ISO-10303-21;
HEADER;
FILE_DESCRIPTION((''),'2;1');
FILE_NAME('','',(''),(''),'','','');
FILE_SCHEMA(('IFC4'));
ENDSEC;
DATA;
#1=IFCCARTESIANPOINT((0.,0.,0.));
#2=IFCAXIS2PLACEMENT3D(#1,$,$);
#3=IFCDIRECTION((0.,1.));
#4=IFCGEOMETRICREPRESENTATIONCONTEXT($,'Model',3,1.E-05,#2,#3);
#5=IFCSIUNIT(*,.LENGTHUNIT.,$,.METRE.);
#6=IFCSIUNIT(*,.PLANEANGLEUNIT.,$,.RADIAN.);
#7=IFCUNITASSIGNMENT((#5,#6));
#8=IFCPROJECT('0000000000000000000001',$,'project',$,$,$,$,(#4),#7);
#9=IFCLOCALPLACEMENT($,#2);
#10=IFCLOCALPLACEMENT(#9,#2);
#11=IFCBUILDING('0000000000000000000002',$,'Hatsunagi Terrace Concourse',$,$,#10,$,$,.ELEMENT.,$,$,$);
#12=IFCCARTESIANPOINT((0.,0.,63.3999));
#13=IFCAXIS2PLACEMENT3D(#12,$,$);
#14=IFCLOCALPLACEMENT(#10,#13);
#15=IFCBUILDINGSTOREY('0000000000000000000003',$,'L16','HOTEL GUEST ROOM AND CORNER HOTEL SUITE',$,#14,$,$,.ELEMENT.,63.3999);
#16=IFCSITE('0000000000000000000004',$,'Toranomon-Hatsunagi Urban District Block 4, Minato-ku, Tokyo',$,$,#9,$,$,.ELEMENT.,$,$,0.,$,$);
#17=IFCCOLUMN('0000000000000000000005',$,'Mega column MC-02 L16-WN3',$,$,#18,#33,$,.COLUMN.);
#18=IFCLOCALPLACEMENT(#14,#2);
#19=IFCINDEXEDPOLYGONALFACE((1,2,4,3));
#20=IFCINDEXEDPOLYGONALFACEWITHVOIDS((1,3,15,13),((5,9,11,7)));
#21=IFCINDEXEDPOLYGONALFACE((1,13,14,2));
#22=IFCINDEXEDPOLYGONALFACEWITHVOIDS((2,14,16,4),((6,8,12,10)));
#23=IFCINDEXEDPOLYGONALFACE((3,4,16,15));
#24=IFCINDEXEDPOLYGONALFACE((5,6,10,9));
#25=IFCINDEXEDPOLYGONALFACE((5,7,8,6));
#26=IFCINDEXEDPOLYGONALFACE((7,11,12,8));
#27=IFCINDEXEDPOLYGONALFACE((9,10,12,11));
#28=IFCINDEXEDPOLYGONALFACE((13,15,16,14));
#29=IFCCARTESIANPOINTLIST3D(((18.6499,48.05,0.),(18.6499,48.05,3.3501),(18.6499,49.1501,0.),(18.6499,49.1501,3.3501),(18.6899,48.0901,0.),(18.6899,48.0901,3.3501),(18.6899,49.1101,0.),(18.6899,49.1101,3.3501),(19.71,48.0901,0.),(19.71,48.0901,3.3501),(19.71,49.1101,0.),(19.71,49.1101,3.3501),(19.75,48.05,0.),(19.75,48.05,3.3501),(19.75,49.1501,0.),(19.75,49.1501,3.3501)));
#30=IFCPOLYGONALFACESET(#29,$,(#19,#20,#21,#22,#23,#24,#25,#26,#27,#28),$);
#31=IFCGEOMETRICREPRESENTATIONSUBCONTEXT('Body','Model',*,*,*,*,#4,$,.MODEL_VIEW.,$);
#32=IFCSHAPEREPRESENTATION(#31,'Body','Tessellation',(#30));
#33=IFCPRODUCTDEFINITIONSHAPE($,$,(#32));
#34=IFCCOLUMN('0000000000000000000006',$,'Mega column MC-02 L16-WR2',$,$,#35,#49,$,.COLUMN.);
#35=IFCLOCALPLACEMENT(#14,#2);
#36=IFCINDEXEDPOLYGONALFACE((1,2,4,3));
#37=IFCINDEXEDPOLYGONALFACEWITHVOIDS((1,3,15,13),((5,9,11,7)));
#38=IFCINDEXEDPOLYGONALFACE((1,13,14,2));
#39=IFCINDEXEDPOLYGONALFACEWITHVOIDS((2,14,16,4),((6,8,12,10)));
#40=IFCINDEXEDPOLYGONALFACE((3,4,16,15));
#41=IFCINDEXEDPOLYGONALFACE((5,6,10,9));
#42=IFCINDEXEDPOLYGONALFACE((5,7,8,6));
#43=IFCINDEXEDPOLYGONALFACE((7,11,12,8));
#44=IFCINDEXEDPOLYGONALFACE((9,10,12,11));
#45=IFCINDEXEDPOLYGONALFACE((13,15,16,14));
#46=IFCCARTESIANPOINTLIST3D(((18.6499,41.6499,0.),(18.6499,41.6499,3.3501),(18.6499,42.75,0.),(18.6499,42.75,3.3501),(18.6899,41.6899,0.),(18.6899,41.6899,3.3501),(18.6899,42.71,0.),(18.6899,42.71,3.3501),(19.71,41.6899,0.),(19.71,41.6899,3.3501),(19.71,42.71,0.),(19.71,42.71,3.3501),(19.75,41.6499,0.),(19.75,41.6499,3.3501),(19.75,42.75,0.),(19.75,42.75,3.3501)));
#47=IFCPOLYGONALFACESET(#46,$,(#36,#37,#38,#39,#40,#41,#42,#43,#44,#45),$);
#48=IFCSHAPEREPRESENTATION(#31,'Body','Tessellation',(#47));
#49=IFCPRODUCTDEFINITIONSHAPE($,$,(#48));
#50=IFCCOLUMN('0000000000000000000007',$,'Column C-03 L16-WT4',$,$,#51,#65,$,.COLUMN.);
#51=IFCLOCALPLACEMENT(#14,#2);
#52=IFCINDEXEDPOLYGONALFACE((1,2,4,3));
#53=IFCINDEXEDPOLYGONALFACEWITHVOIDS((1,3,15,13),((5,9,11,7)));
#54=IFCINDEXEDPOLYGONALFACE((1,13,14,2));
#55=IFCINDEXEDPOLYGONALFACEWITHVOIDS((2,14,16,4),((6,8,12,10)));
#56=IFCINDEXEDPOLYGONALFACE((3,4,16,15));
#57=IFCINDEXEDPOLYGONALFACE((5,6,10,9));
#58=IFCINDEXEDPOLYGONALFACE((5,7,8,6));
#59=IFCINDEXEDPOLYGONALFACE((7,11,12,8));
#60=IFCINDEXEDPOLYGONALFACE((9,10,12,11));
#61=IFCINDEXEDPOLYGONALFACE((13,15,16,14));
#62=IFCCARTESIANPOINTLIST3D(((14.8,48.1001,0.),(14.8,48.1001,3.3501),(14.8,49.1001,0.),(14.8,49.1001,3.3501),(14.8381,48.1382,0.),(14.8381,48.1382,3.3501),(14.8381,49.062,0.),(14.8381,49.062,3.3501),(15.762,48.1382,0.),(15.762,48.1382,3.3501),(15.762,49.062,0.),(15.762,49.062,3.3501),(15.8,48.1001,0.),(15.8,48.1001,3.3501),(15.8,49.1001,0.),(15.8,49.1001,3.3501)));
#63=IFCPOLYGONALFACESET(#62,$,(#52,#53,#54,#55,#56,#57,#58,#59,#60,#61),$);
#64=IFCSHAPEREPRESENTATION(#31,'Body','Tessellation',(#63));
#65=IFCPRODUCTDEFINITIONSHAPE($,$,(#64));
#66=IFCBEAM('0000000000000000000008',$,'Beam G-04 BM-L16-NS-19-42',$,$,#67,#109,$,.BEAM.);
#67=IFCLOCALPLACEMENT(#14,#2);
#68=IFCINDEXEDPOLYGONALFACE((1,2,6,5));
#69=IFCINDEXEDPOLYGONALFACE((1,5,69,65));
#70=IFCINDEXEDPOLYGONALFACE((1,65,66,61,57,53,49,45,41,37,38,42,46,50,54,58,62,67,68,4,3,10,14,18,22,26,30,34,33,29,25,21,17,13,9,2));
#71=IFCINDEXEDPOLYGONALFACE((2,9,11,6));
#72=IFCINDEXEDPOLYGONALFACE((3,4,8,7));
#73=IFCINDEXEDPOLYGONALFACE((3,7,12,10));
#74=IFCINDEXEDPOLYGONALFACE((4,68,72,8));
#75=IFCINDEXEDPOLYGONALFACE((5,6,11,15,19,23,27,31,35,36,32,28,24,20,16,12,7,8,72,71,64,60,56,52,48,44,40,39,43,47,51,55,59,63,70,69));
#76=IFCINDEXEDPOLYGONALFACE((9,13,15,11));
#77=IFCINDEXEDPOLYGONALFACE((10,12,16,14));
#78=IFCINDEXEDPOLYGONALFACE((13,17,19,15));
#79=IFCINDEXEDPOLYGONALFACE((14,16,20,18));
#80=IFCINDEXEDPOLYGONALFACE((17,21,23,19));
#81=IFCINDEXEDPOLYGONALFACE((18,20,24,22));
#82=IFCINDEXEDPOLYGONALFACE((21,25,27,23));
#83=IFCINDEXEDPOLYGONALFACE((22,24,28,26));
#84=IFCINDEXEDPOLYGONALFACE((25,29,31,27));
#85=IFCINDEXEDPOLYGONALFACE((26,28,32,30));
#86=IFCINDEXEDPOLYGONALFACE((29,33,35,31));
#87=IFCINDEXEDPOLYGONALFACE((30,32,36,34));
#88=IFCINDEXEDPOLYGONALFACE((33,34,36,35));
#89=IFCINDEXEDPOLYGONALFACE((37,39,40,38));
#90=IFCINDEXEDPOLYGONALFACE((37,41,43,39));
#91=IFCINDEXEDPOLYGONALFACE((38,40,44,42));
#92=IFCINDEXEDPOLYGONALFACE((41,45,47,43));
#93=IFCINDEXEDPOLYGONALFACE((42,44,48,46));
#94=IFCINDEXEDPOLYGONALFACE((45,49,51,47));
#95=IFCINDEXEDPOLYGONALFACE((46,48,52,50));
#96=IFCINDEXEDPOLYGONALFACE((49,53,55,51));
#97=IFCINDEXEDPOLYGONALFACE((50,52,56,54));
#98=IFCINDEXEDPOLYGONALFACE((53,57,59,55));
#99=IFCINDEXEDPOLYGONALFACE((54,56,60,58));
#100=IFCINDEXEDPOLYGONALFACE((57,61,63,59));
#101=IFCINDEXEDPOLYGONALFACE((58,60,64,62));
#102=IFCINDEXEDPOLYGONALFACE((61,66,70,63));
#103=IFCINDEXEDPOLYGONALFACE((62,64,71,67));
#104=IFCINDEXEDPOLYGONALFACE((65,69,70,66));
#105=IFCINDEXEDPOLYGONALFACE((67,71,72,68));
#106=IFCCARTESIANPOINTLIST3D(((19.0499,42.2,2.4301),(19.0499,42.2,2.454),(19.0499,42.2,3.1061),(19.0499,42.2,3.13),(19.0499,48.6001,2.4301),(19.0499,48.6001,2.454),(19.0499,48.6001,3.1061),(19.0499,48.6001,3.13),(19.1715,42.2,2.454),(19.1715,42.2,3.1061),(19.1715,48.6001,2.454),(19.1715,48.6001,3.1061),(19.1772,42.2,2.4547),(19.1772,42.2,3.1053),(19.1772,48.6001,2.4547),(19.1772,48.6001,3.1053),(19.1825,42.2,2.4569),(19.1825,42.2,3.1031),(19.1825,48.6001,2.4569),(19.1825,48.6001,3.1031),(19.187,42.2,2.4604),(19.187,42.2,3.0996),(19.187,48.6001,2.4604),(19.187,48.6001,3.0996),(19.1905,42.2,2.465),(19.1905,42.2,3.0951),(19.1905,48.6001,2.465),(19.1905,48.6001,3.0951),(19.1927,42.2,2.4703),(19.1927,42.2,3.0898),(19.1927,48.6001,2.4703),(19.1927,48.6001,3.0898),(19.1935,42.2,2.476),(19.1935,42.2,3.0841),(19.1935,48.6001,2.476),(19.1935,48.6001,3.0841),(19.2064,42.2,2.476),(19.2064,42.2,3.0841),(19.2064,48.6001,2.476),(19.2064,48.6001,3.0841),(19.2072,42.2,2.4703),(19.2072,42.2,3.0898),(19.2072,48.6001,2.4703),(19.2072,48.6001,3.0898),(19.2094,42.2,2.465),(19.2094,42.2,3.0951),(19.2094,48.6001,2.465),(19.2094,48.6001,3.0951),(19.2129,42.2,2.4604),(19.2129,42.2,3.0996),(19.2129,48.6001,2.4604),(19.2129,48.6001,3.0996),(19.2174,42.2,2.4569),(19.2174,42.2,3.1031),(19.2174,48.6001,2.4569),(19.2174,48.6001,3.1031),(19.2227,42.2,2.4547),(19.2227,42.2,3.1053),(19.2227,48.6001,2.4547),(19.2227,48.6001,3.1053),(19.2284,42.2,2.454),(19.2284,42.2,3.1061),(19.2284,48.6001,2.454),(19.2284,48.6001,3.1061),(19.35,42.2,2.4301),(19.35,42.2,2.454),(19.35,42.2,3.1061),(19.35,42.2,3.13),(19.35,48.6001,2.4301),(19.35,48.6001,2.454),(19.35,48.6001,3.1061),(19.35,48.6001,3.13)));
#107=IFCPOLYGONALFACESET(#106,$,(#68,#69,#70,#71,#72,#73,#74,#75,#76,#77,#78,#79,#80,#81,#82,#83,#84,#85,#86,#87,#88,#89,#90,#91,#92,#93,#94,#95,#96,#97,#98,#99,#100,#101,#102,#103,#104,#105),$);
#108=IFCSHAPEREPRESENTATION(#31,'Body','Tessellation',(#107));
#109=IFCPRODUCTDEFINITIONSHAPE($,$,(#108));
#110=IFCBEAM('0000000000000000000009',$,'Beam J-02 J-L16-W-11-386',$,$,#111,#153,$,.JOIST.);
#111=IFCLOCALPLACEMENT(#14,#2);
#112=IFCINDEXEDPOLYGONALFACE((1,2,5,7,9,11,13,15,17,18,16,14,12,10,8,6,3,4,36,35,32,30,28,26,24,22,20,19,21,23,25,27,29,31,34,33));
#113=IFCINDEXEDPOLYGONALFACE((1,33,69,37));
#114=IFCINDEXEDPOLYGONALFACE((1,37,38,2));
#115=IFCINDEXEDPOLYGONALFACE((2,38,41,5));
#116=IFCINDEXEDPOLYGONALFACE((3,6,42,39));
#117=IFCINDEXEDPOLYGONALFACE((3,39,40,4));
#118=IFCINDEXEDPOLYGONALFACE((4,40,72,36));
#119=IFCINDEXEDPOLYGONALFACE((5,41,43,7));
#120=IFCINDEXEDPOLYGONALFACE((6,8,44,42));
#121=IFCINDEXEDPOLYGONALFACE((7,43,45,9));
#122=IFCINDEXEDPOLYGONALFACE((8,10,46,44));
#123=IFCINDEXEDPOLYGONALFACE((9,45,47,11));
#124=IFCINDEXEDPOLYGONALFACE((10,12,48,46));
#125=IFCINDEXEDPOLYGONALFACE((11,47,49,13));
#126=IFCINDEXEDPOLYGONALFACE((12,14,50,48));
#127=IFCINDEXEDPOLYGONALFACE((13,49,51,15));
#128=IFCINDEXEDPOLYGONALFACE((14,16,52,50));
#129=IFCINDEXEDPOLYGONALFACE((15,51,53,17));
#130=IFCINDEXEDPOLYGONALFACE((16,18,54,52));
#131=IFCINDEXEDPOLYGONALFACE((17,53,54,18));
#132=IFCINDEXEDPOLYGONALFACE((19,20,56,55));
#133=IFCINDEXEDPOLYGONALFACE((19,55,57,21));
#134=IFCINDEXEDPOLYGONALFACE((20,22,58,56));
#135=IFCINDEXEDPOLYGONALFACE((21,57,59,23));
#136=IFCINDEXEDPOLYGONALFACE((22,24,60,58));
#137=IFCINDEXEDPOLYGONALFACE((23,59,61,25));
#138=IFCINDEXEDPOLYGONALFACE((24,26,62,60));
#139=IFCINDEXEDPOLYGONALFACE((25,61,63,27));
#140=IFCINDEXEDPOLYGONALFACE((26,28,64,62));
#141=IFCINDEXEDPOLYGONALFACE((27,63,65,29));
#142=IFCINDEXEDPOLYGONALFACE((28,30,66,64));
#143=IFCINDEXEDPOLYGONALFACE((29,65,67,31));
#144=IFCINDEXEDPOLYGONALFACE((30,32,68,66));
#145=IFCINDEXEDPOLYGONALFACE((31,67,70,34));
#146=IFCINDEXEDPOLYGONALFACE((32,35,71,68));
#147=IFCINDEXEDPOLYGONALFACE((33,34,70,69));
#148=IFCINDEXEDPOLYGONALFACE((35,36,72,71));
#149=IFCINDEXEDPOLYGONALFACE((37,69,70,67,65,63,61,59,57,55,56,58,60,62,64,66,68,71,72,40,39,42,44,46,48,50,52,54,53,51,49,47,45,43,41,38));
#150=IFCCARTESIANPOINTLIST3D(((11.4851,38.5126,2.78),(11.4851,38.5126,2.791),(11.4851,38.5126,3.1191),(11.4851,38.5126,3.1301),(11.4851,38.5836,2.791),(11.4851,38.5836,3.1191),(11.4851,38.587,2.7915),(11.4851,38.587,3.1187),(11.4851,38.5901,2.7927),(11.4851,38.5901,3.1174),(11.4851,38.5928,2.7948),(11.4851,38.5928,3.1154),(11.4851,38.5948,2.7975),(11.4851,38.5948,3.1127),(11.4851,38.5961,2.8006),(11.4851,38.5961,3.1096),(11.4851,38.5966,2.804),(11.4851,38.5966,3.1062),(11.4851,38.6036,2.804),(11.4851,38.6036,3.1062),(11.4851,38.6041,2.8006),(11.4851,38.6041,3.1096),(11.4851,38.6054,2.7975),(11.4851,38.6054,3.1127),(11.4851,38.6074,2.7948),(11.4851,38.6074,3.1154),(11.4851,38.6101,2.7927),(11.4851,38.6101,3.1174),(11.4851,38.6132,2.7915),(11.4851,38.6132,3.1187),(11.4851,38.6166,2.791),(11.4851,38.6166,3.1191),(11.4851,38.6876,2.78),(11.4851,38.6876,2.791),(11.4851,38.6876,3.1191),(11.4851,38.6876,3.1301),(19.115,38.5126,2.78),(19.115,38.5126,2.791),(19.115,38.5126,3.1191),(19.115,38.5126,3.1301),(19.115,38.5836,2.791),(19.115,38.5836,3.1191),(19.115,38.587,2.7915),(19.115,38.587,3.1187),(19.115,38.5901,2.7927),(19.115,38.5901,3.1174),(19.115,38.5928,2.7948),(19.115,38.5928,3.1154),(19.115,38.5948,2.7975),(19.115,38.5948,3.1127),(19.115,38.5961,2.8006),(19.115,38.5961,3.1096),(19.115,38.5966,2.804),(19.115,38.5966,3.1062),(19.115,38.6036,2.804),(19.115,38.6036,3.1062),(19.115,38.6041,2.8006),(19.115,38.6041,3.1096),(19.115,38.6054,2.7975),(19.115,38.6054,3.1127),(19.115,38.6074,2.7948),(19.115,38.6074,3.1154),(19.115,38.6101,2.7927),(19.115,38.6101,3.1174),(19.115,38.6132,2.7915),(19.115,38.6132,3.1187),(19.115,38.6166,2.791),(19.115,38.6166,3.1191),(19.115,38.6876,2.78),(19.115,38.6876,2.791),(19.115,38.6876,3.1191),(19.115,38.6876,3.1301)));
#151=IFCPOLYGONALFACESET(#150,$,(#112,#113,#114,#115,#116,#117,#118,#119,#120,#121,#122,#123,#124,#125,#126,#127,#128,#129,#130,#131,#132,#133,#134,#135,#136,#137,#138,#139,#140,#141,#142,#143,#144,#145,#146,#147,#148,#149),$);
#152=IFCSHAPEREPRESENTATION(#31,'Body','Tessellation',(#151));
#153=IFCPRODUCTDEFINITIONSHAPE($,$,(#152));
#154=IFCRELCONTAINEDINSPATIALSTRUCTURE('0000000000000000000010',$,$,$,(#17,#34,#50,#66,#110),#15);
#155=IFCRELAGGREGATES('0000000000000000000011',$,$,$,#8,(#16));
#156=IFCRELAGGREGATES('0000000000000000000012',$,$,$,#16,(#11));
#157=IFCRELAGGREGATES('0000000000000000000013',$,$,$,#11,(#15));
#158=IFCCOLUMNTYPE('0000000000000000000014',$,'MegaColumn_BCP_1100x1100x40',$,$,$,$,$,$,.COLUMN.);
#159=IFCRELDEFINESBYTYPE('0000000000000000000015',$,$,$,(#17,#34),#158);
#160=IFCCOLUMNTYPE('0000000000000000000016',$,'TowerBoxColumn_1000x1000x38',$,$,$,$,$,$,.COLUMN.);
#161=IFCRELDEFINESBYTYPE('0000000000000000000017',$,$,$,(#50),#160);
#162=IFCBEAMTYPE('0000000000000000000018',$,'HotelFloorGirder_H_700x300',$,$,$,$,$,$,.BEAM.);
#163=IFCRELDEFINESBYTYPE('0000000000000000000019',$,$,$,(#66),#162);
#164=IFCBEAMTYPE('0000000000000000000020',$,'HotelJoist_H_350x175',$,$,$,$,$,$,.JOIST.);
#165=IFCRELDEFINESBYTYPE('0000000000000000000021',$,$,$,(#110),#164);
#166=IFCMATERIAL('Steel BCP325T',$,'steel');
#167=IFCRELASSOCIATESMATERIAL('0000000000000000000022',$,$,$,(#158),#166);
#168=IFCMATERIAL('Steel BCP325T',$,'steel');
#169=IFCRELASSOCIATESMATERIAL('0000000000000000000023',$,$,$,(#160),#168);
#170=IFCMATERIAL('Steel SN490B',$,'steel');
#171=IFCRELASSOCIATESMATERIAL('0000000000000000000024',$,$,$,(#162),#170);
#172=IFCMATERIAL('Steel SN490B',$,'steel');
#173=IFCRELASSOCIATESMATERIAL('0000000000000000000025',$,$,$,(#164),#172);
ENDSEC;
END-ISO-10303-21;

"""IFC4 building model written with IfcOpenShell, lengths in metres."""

from ifc_helpers import new_model, si_unit, direction, frame, origin, origin_2d, place, context, subcontext, project, spatial, hollow_rectangle, i_section, extrude, material, material_profile, profile_set, type_object, element, save


model = new_model("IFC4")

# Units and contexts
model_context = context("Model", 3, precision=1e-05, world=origin(), true_north=direction((0.0, 1.0)))
body_context = subcontext(model_context, "Body", "Model", "MODEL_VIEW")
ifc_project = project(units=[si_unit("LENGTHUNIT", "METRE"), si_unit("PLANEANGLEUNIT", "RADIAN")], contexts=[model_context])

# Site, building, storey
site_placement = place(None, origin())
site = spatial("IfcSite", under=ifc_project, at=site_placement, Name="Toranomon-Hatsunagi Urban District Block 4, Minato-ku, Tokyo", CompositionType="ELEMENT", RefElevation=0.0)
building_placement = place(site_placement, origin())
building = spatial("IfcBuilding", under=site, at=building_placement, Name="Hatsunagi Terrace Concourse", CompositionType="ELEMENT")
storey_placement = place(building_placement, frame((0.0, 0.0, 63.3999)))
storey = spatial("IfcBuildingStorey", under=building, at=storey_placement, Name="L16", Description="HOTEL GUEST ROOM AND CORNER HOTEL SUITE", CompositionType="ELEMENT", Elevation=63.3999)

# Columns
ifc_material_1 = material(Name="Steel BCP325T", Category="steel")
ifc_material_profile_1 = material_profile(ifc_material_1, hollow_rectangle(XDim=1.1001, YDim=1.1001, WallThickness=0.04, at=origin_2d()), Name="BCP-1100x1100x40")
ifc_profile_set_1 = profile_set([ifc_material_profile_1], Name="Steel BCP325T")
column_type_1 = type_object("IfcColumnType", Name="MegaColumn_BCP_1100x1100x40", PredefinedType="COLUMN", material=ifc_profile_set_1)
for number, where, z_axis, x_axis, name in (
    (1, (19.2, 48.6001, 0.0), (0.0, 0.0, 1.0), (1.0, 0.0, 0.0), "Mega column MC-02 L16-WN3"),
    (2, (19.2, 42.2, 0.0), (0.0, 0.0, 1.0), (1.0, 0.0, 0.0), "Mega column MC-02 L16-WR2"),
):
    element("IfcColumn", number, at=place(storey_placement, frame(where, z_axis=z_axis, x_axis=x_axis)), inside=storey, type_object=column_type_1, Name=name, PredefinedType="COLUMN", context=body_context, shape_type="SweptSolid", body=[
        extrude(hollow_rectangle(XDim=1.1001, YDim=1.1001, WallThickness=0.04, at=origin_2d()), origin(), (0.0, 0.0, 1.0), 3.3501),
    ])
ifc_material_2 = material(Name="Steel BCP325T", Category="steel")
ifc_material_profile_2 = material_profile(ifc_material_2, hollow_rectangle(XDim=1.0, YDim=1.0, WallThickness=0.0381, at=origin_2d()), Name="BCP-1000x1000x38")
ifc_profile_set_2 = profile_set([ifc_material_profile_2], Name="Steel BCP325T")
column_type_2 = type_object("IfcColumnType", Name="TowerBoxColumn_1000x1000x38", PredefinedType="COLUMN", material=ifc_profile_set_2)
column_placement = place(storey_placement, frame((15.3, 48.6001, 0.0), z_axis=(0.0, 0.0, 1.0), x_axis=(1.0, 0.0, 0.0)))
element("IfcColumn", 3, at=column_placement, inside=storey, type_object=column_type_2, Name="Column C-03 L16-WT4", PredefinedType="COLUMN", context=body_context, shape_type="SweptSolid", body=[
    extrude(hollow_rectangle(XDim=1.0, YDim=1.0, WallThickness=0.0381, at=origin_2d()), origin(), (0.0, 0.0, 1.0), 3.3501),
])

# Beams
ifc_material_3 = material(Name="Steel SN490B", Category="steel")
ifc_material_profile_3 = material_profile(ifc_material_3, i_section(OverallWidth=0.3, OverallDepth=0.7, WebThickness=0.0129, FlangeThickness=0.0239, FilletRadius=0.022, at=origin_2d()), Name="H-700x300x13x24")
ifc_profile_set_3 = profile_set([ifc_material_profile_3], Name="Steel SN490B")
beam_type_1 = type_object("IfcBeamType", Name="HotelFloorGirder_H_700x300", PredefinedType="BEAM", material=ifc_profile_set_3)
beam_1_placement = place(storey_placement, frame((19.2, 42.2, 2.78), z_axis=(0.0, 1.0, 0.0), x_axis=(-1.0, 0.0, 0.0)))
element("IfcBeam", 4, at=beam_1_placement, inside=storey, type_object=beam_type_1, Name="Beam G-04 BM-L16-NS-19-42", PredefinedType="BEAM", context=body_context, shape_type="SweptSolid", body=[
    extrude(i_section(OverallWidth=0.3, OverallDepth=0.7, WebThickness=0.0129, FlangeThickness=0.0239, FilletRadius=0.022, at=origin_2d()), origin(), (0.0, 0.0, 1.0), 6.4001),
])
ifc_material_4 = material(Name="Steel SN490B", Category="steel")
ifc_material_profile_4 = material_profile(ifc_material_4, i_section(OverallWidth=0.175, OverallDepth=0.3501, WebThickness=0.0071, FlangeThickness=0.011, FilletRadius=0.0129, at=origin_2d()), Name="H-350x175x7x11")
ifc_profile_set_4 = profile_set([ifc_material_profile_4], Name="Steel SN490B")
beam_type_2 = type_object("IfcBeamType", Name="HotelJoist_H_350x175", PredefinedType="JOIST", material=ifc_profile_set_4)
beam_2_placement = place(storey_placement, frame((11.4851, 38.6001, 2.9551), z_axis=(1.0, 0.0, 0.0), x_axis=(0.0, 1.0, 0.0)))
element("IfcBeam", 5, at=beam_2_placement, inside=storey, type_object=beam_type_2, Name="Beam J-02 J-L16-W-11-386", PredefinedType="JOIST", context=body_context, shape_type="SweptSolid", body=[
    extrude(i_section(OverallWidth=0.175, OverallDepth=0.3501, WebThickness=0.0071, FlangeThickness=0.011, FilletRadius=0.0129, at=origin_2d()), origin(), (0.0, 0.0, 1.0), 7.6299),
])

save(model, "model.ifc")
